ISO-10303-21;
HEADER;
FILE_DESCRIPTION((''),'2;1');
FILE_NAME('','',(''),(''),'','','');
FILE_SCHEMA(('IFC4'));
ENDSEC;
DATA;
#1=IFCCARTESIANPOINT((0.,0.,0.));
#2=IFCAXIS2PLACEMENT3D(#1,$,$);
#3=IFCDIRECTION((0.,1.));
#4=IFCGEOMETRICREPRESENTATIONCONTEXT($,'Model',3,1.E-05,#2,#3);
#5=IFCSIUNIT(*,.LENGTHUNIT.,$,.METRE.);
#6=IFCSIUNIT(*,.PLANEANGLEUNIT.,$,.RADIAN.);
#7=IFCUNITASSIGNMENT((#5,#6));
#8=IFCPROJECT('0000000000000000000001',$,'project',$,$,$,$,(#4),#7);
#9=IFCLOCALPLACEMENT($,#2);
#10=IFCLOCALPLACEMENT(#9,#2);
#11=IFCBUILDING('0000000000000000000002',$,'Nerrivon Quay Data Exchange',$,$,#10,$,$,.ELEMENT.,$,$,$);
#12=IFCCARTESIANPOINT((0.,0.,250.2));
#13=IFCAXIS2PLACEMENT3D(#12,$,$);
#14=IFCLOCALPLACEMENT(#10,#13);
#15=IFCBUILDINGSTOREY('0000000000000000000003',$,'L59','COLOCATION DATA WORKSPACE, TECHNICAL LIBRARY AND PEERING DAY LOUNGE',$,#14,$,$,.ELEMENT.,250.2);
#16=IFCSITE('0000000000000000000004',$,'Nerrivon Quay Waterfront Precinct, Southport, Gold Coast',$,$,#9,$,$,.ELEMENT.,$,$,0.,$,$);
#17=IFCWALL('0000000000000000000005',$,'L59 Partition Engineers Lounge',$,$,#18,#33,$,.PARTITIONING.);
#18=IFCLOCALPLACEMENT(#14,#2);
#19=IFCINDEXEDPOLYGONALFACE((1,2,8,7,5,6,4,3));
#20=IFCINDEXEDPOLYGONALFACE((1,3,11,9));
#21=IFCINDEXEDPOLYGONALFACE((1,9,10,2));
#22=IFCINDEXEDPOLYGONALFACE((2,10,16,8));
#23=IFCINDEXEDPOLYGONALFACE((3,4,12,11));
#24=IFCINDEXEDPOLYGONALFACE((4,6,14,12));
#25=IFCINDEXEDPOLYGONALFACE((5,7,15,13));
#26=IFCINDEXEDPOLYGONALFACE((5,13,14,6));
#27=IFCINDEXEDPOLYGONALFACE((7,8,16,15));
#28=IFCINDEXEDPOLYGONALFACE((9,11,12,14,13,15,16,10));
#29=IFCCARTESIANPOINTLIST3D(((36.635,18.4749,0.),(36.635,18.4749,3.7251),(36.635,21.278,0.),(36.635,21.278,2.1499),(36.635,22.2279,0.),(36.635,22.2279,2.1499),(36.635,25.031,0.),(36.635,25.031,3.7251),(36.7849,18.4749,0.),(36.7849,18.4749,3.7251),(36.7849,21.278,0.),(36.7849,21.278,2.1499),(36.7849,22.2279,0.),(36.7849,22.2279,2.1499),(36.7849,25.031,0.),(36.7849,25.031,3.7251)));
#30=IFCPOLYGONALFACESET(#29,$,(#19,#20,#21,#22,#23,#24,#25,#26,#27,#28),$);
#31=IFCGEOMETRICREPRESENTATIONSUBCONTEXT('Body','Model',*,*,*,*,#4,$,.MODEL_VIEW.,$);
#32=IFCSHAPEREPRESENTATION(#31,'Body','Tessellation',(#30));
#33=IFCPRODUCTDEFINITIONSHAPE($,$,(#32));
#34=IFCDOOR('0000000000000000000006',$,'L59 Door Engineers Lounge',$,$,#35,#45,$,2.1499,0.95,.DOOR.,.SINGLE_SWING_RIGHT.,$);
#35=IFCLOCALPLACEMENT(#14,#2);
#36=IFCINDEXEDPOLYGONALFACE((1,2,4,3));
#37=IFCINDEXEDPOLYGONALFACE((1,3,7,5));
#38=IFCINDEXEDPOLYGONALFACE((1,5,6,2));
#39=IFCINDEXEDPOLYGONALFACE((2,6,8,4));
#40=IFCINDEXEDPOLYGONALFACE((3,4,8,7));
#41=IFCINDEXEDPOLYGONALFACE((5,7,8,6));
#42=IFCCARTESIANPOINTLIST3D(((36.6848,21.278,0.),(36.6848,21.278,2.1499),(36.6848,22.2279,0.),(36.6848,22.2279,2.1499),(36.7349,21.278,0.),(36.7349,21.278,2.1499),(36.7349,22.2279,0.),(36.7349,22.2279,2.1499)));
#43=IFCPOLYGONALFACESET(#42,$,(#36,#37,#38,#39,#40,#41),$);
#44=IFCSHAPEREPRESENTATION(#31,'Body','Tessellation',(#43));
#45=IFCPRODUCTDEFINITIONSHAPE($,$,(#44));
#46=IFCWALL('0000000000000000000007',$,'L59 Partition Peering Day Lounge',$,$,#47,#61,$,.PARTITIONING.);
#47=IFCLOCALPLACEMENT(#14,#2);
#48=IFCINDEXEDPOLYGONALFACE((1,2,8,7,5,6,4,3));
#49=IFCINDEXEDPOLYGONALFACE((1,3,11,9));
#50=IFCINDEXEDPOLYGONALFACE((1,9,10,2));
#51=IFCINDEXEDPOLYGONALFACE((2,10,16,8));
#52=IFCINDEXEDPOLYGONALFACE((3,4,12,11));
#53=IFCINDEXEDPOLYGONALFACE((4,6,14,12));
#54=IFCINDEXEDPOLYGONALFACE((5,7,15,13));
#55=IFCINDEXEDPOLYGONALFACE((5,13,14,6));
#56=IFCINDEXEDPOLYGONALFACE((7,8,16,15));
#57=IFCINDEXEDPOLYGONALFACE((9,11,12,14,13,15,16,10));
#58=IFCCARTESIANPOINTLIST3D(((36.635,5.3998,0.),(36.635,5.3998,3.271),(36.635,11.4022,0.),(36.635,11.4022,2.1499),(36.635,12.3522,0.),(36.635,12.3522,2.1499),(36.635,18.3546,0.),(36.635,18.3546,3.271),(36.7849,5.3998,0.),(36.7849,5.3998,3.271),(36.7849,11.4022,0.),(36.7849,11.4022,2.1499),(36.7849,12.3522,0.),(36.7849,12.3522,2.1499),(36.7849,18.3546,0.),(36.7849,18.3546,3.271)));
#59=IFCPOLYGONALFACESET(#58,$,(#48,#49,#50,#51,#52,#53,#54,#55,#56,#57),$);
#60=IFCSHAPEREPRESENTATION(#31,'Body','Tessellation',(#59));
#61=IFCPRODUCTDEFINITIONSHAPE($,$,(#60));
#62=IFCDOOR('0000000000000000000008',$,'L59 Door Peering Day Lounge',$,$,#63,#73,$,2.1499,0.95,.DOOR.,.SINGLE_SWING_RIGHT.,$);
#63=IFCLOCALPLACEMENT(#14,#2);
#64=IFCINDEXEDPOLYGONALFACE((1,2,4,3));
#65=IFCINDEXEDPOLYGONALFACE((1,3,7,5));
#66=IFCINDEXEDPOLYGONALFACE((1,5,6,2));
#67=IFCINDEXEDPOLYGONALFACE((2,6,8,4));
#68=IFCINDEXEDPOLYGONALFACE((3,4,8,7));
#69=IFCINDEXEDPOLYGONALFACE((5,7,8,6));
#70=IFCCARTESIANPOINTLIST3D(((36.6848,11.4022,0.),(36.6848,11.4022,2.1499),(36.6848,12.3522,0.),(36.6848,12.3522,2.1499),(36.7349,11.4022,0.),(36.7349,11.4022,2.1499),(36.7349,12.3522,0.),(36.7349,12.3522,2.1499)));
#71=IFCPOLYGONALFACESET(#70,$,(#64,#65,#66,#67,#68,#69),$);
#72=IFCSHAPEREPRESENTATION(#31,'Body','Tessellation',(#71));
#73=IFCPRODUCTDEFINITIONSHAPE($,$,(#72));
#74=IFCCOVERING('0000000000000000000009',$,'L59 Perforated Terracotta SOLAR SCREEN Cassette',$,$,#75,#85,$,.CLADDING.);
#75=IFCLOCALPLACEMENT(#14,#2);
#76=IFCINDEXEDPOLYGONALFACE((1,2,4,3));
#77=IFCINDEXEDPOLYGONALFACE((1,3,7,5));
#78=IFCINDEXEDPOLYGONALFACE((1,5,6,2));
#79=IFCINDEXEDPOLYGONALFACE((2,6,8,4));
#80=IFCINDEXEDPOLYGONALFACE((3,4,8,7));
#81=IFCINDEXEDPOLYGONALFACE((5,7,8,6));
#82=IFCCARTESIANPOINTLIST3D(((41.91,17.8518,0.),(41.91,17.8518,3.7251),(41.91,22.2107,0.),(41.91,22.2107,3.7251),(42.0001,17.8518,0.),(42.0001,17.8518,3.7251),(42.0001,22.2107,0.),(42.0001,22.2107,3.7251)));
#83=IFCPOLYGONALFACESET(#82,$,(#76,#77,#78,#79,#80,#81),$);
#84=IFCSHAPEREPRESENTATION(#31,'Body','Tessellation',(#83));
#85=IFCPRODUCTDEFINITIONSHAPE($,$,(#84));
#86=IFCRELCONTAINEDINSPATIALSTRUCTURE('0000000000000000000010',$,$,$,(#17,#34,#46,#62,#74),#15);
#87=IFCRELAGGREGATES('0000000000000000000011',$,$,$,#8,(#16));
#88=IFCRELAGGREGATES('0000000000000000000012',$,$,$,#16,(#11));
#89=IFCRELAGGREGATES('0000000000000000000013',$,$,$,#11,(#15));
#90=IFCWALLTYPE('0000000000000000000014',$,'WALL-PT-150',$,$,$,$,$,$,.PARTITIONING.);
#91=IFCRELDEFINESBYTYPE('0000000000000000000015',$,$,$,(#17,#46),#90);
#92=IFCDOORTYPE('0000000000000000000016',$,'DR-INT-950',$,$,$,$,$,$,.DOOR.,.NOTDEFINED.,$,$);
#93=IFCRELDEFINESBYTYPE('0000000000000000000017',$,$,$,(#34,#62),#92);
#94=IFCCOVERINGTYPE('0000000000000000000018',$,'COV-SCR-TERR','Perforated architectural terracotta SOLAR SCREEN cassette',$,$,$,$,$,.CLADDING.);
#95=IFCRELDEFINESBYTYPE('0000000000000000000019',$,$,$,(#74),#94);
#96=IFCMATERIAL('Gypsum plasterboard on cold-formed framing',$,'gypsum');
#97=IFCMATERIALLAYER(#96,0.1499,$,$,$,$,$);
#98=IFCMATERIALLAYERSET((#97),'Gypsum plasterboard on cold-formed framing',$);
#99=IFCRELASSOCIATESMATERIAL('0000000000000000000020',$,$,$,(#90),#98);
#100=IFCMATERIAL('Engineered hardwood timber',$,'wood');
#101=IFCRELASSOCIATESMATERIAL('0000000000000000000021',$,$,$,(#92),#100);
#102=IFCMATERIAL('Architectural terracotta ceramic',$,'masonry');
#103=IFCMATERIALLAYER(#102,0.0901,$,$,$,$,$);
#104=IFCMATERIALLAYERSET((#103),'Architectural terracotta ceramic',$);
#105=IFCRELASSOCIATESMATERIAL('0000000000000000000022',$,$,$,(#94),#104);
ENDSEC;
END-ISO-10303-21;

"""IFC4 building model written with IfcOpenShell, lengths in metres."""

from ifc_helpers import new_model, si_unit, direction, frame, frame_2d, origin, origin_2d, place, context, subcontext, project, spatial, rectangle, extrude, material, layer, layer_set, type_object, element, fill, save


model = new_model("IFC4")

# Units and contexts
model_context = context("Model", 3, precision=1e-05, world=origin(), true_north=direction((0.0, 1.0)))
body_context = subcontext(model_context, "Body", "Model", "MODEL_VIEW")
ifc_project = project(units=[si_unit("LENGTHUNIT", "METRE"), si_unit("PLANEANGLEUNIT", "RADIAN")], contexts=[model_context])

# Site, building, storey
site_placement = place(None, origin())
site = spatial("IfcSite", under=ifc_project, at=site_placement, Name="Nerrivon Quay Waterfront Precinct, Southport, Gold Coast", CompositionType="ELEMENT", RefElevation=0.0)
building_placement = place(site_placement, origin())
building = spatial("IfcBuilding", under=site, at=building_placement, Name="Nerrivon Quay Data Exchange", CompositionType="ELEMENT")
storey_placement = place(building_placement, frame((0.0, 0.0, 250.2)))
storey = spatial("IfcBuildingStorey", under=building, at=storey_placement, Name="L59", Description="COLOCATION DATA WORKSPACE, TECHNICAL LIBRARY AND PEERING DAY LOUNGE", CompositionType="ELEMENT", Elevation=250.2)

# Shared definitions
ifc_material_1 = material(Name="Gypsum plasterboard on cold-formed framing", Category="gypsum")

# Walls, openings, doors
ifc_layer_1 = layer(ifc_material_1, 0.1499)
ifc_layer_set_1 = layer_set([ifc_layer_1], Name="Gypsum plasterboard on cold-formed framing")
wall_type_1 = type_object("IfcWallType", Name="WALL-PT-150", PredefinedType="PARTITIONING", material=ifc_layer_set_1)
wall_1_placement = place(storey_placement, frame((36.71, 25.031, 0.0), z_axis=(0.0, 0.0, 1.0), x_axis=(0.0, -1.0, 0.0)))
wall_1 = element("IfcWall", 1, at=wall_1_placement, inside=storey, type_object=wall_type_1, Name="L59 Partition Engineers Lounge", PredefinedType="PARTITIONING", context=body_context, shape_type="SweptSolid", body=[
    extrude(rectangle(XDim=6.5562, YDim=0.1499, at=frame_2d((3.2781, 0.0))), origin(), (0.0, 0.0, 1.0), 3.7251),
])
opening_1_placement = place(wall_1_placement, frame((2.803, 0.0, 0.0)))
opening_1 = element("IfcOpeningElement", 2, at=opening_1_placement, cuts=wall_1, PredefinedType="OPENING", context=body_context, shape_type="SweptSolid", body=[
    extrude(rectangle(XDim=0.95, YDim=2.1499, at=frame_2d((0.4751, 1.075))), frame((0.0, 0.085, 0.0), z_axis=(0.0, -1.0, 0.0), x_axis=(1.0, 0.0, 0.0)), (0.0, 0.0, 1.0), 0.1699),
])
ifc_material_2 = material(Name="Engineered hardwood timber", Category="wood")
door_type = type_object("IfcDoorType", Name="DR-INT-950", OperationType="NOTDEFINED", PredefinedType="DOOR", material=ifc_material_2)
door_1_placement = place(opening_1_placement, origin())
door_1 = element("IfcDoor", 3, at=door_1_placement, inside=storey, type_object=door_type, Name="L59 Door Engineers Lounge", OperationType="SINGLE_SWING_RIGHT", OverallHeight=2.1499, OverallWidth=0.95, PredefinedType="DOOR", context=body_context, shape_type="SweptSolid", body=[
    extrude(rectangle(XDim=0.95, YDim=2.1499, at=frame_2d((0.4751, 1.075))), frame((0.0, 0.0249, 0.0), z_axis=(0.0, -1.0, 0.0), x_axis=(1.0, 0.0, 0.0)), (0.0, 0.0, 1.0), 0.05),
])
fill(opening_1, door_1)
wall_2_placement = place(storey_placement, frame((36.71, 18.3547, 0.0), z_axis=(0.0, 0.0, 1.0), x_axis=(0.0, -1.0, 0.0)))
wall_2 = element("IfcWall", 4, at=wall_2_placement, inside=storey, type_object=wall_type_1, Name="L59 Partition Peering Day Lounge", PredefinedType="PARTITIONING", context=body_context, shape_type="SweptSolid", body=[
    extrude(rectangle(XDim=12.9548, YDim=0.1499, at=frame_2d((6.4775, 0.0))), origin(), (0.0, 0.0, 1.0), 3.271),
])
opening_2_placement = place(wall_2_placement, frame((6.0024, 0.0, 0.0)))
opening_2 = element("IfcOpeningElement", 5, at=opening_2_placement, cuts=wall_2, PredefinedType="OPENING", context=body_context, shape_type="SweptSolid", body=[
    extrude(rectangle(XDim=0.95, YDim=2.1499, at=frame_2d((0.4751, 1.075))), frame((0.0, 0.085, 0.0), z_axis=(0.0, -1.0, 0.0), x_axis=(1.0, 0.0, 0.0)), (0.0, 0.0, 1.0), 0.1699),
])
door_2_placement = place(opening_2_placement, origin())
door_2 = element("IfcDoor", 6, at=door_2_placement, inside=storey, type_object=door_type, Name="L59 Door Peering Day Lounge", OperationType="SINGLE_SWING_RIGHT", OverallHeight=2.1499, OverallWidth=0.95, PredefinedType="DOOR", context=body_context, shape_type="SweptSolid", body=[
    extrude(rectangle(XDim=0.95, YDim=2.1499, at=frame_2d((0.4751, 1.075))), frame((0.0, 0.0249, 0.0), z_axis=(0.0, -1.0, 0.0), x_axis=(1.0, 0.0, 0.0)), (0.0, 0.0, 1.0), 0.05),
])
fill(opening_2, door_2)

# Covering
ifc_material_3 = material(Name="Architectural terracotta ceramic", Category="masonry")
ifc_layer_2 = layer(ifc_material_3, 0.0901)
ifc_layer_set_2 = layer_set([ifc_layer_2], Name="Architectural terracotta ceramic")
covering_type = type_object("IfcCoveringType", Name="COV-SCR-TERR", Description="Perforated architectural terracotta SOLAR SCREEN cassette", PredefinedType="CLADDING", material=ifc_layer_set_2)
covering_placement = place(storey_placement, frame((41.9551, 20.0312, 0.0), z_axis=(0.0, 0.0, 1.0), x_axis=(0.0, -1.0, 0.0)))
element("IfcCovering", 7, at=covering_placement, inside=storey, type_object=covering_type, Name="L59 Perforated Terracotta SOLAR SCREEN Cassette", PredefinedType="CLADDING", context=body_context, shape_type="SweptSolid", body=[
    extrude(rectangle(XDim=4.3589, YDim=0.0901, at=origin_2d()), origin(), (0.0, 0.0, 1.0), 3.7251),
])

save(model, "model.ifc")
